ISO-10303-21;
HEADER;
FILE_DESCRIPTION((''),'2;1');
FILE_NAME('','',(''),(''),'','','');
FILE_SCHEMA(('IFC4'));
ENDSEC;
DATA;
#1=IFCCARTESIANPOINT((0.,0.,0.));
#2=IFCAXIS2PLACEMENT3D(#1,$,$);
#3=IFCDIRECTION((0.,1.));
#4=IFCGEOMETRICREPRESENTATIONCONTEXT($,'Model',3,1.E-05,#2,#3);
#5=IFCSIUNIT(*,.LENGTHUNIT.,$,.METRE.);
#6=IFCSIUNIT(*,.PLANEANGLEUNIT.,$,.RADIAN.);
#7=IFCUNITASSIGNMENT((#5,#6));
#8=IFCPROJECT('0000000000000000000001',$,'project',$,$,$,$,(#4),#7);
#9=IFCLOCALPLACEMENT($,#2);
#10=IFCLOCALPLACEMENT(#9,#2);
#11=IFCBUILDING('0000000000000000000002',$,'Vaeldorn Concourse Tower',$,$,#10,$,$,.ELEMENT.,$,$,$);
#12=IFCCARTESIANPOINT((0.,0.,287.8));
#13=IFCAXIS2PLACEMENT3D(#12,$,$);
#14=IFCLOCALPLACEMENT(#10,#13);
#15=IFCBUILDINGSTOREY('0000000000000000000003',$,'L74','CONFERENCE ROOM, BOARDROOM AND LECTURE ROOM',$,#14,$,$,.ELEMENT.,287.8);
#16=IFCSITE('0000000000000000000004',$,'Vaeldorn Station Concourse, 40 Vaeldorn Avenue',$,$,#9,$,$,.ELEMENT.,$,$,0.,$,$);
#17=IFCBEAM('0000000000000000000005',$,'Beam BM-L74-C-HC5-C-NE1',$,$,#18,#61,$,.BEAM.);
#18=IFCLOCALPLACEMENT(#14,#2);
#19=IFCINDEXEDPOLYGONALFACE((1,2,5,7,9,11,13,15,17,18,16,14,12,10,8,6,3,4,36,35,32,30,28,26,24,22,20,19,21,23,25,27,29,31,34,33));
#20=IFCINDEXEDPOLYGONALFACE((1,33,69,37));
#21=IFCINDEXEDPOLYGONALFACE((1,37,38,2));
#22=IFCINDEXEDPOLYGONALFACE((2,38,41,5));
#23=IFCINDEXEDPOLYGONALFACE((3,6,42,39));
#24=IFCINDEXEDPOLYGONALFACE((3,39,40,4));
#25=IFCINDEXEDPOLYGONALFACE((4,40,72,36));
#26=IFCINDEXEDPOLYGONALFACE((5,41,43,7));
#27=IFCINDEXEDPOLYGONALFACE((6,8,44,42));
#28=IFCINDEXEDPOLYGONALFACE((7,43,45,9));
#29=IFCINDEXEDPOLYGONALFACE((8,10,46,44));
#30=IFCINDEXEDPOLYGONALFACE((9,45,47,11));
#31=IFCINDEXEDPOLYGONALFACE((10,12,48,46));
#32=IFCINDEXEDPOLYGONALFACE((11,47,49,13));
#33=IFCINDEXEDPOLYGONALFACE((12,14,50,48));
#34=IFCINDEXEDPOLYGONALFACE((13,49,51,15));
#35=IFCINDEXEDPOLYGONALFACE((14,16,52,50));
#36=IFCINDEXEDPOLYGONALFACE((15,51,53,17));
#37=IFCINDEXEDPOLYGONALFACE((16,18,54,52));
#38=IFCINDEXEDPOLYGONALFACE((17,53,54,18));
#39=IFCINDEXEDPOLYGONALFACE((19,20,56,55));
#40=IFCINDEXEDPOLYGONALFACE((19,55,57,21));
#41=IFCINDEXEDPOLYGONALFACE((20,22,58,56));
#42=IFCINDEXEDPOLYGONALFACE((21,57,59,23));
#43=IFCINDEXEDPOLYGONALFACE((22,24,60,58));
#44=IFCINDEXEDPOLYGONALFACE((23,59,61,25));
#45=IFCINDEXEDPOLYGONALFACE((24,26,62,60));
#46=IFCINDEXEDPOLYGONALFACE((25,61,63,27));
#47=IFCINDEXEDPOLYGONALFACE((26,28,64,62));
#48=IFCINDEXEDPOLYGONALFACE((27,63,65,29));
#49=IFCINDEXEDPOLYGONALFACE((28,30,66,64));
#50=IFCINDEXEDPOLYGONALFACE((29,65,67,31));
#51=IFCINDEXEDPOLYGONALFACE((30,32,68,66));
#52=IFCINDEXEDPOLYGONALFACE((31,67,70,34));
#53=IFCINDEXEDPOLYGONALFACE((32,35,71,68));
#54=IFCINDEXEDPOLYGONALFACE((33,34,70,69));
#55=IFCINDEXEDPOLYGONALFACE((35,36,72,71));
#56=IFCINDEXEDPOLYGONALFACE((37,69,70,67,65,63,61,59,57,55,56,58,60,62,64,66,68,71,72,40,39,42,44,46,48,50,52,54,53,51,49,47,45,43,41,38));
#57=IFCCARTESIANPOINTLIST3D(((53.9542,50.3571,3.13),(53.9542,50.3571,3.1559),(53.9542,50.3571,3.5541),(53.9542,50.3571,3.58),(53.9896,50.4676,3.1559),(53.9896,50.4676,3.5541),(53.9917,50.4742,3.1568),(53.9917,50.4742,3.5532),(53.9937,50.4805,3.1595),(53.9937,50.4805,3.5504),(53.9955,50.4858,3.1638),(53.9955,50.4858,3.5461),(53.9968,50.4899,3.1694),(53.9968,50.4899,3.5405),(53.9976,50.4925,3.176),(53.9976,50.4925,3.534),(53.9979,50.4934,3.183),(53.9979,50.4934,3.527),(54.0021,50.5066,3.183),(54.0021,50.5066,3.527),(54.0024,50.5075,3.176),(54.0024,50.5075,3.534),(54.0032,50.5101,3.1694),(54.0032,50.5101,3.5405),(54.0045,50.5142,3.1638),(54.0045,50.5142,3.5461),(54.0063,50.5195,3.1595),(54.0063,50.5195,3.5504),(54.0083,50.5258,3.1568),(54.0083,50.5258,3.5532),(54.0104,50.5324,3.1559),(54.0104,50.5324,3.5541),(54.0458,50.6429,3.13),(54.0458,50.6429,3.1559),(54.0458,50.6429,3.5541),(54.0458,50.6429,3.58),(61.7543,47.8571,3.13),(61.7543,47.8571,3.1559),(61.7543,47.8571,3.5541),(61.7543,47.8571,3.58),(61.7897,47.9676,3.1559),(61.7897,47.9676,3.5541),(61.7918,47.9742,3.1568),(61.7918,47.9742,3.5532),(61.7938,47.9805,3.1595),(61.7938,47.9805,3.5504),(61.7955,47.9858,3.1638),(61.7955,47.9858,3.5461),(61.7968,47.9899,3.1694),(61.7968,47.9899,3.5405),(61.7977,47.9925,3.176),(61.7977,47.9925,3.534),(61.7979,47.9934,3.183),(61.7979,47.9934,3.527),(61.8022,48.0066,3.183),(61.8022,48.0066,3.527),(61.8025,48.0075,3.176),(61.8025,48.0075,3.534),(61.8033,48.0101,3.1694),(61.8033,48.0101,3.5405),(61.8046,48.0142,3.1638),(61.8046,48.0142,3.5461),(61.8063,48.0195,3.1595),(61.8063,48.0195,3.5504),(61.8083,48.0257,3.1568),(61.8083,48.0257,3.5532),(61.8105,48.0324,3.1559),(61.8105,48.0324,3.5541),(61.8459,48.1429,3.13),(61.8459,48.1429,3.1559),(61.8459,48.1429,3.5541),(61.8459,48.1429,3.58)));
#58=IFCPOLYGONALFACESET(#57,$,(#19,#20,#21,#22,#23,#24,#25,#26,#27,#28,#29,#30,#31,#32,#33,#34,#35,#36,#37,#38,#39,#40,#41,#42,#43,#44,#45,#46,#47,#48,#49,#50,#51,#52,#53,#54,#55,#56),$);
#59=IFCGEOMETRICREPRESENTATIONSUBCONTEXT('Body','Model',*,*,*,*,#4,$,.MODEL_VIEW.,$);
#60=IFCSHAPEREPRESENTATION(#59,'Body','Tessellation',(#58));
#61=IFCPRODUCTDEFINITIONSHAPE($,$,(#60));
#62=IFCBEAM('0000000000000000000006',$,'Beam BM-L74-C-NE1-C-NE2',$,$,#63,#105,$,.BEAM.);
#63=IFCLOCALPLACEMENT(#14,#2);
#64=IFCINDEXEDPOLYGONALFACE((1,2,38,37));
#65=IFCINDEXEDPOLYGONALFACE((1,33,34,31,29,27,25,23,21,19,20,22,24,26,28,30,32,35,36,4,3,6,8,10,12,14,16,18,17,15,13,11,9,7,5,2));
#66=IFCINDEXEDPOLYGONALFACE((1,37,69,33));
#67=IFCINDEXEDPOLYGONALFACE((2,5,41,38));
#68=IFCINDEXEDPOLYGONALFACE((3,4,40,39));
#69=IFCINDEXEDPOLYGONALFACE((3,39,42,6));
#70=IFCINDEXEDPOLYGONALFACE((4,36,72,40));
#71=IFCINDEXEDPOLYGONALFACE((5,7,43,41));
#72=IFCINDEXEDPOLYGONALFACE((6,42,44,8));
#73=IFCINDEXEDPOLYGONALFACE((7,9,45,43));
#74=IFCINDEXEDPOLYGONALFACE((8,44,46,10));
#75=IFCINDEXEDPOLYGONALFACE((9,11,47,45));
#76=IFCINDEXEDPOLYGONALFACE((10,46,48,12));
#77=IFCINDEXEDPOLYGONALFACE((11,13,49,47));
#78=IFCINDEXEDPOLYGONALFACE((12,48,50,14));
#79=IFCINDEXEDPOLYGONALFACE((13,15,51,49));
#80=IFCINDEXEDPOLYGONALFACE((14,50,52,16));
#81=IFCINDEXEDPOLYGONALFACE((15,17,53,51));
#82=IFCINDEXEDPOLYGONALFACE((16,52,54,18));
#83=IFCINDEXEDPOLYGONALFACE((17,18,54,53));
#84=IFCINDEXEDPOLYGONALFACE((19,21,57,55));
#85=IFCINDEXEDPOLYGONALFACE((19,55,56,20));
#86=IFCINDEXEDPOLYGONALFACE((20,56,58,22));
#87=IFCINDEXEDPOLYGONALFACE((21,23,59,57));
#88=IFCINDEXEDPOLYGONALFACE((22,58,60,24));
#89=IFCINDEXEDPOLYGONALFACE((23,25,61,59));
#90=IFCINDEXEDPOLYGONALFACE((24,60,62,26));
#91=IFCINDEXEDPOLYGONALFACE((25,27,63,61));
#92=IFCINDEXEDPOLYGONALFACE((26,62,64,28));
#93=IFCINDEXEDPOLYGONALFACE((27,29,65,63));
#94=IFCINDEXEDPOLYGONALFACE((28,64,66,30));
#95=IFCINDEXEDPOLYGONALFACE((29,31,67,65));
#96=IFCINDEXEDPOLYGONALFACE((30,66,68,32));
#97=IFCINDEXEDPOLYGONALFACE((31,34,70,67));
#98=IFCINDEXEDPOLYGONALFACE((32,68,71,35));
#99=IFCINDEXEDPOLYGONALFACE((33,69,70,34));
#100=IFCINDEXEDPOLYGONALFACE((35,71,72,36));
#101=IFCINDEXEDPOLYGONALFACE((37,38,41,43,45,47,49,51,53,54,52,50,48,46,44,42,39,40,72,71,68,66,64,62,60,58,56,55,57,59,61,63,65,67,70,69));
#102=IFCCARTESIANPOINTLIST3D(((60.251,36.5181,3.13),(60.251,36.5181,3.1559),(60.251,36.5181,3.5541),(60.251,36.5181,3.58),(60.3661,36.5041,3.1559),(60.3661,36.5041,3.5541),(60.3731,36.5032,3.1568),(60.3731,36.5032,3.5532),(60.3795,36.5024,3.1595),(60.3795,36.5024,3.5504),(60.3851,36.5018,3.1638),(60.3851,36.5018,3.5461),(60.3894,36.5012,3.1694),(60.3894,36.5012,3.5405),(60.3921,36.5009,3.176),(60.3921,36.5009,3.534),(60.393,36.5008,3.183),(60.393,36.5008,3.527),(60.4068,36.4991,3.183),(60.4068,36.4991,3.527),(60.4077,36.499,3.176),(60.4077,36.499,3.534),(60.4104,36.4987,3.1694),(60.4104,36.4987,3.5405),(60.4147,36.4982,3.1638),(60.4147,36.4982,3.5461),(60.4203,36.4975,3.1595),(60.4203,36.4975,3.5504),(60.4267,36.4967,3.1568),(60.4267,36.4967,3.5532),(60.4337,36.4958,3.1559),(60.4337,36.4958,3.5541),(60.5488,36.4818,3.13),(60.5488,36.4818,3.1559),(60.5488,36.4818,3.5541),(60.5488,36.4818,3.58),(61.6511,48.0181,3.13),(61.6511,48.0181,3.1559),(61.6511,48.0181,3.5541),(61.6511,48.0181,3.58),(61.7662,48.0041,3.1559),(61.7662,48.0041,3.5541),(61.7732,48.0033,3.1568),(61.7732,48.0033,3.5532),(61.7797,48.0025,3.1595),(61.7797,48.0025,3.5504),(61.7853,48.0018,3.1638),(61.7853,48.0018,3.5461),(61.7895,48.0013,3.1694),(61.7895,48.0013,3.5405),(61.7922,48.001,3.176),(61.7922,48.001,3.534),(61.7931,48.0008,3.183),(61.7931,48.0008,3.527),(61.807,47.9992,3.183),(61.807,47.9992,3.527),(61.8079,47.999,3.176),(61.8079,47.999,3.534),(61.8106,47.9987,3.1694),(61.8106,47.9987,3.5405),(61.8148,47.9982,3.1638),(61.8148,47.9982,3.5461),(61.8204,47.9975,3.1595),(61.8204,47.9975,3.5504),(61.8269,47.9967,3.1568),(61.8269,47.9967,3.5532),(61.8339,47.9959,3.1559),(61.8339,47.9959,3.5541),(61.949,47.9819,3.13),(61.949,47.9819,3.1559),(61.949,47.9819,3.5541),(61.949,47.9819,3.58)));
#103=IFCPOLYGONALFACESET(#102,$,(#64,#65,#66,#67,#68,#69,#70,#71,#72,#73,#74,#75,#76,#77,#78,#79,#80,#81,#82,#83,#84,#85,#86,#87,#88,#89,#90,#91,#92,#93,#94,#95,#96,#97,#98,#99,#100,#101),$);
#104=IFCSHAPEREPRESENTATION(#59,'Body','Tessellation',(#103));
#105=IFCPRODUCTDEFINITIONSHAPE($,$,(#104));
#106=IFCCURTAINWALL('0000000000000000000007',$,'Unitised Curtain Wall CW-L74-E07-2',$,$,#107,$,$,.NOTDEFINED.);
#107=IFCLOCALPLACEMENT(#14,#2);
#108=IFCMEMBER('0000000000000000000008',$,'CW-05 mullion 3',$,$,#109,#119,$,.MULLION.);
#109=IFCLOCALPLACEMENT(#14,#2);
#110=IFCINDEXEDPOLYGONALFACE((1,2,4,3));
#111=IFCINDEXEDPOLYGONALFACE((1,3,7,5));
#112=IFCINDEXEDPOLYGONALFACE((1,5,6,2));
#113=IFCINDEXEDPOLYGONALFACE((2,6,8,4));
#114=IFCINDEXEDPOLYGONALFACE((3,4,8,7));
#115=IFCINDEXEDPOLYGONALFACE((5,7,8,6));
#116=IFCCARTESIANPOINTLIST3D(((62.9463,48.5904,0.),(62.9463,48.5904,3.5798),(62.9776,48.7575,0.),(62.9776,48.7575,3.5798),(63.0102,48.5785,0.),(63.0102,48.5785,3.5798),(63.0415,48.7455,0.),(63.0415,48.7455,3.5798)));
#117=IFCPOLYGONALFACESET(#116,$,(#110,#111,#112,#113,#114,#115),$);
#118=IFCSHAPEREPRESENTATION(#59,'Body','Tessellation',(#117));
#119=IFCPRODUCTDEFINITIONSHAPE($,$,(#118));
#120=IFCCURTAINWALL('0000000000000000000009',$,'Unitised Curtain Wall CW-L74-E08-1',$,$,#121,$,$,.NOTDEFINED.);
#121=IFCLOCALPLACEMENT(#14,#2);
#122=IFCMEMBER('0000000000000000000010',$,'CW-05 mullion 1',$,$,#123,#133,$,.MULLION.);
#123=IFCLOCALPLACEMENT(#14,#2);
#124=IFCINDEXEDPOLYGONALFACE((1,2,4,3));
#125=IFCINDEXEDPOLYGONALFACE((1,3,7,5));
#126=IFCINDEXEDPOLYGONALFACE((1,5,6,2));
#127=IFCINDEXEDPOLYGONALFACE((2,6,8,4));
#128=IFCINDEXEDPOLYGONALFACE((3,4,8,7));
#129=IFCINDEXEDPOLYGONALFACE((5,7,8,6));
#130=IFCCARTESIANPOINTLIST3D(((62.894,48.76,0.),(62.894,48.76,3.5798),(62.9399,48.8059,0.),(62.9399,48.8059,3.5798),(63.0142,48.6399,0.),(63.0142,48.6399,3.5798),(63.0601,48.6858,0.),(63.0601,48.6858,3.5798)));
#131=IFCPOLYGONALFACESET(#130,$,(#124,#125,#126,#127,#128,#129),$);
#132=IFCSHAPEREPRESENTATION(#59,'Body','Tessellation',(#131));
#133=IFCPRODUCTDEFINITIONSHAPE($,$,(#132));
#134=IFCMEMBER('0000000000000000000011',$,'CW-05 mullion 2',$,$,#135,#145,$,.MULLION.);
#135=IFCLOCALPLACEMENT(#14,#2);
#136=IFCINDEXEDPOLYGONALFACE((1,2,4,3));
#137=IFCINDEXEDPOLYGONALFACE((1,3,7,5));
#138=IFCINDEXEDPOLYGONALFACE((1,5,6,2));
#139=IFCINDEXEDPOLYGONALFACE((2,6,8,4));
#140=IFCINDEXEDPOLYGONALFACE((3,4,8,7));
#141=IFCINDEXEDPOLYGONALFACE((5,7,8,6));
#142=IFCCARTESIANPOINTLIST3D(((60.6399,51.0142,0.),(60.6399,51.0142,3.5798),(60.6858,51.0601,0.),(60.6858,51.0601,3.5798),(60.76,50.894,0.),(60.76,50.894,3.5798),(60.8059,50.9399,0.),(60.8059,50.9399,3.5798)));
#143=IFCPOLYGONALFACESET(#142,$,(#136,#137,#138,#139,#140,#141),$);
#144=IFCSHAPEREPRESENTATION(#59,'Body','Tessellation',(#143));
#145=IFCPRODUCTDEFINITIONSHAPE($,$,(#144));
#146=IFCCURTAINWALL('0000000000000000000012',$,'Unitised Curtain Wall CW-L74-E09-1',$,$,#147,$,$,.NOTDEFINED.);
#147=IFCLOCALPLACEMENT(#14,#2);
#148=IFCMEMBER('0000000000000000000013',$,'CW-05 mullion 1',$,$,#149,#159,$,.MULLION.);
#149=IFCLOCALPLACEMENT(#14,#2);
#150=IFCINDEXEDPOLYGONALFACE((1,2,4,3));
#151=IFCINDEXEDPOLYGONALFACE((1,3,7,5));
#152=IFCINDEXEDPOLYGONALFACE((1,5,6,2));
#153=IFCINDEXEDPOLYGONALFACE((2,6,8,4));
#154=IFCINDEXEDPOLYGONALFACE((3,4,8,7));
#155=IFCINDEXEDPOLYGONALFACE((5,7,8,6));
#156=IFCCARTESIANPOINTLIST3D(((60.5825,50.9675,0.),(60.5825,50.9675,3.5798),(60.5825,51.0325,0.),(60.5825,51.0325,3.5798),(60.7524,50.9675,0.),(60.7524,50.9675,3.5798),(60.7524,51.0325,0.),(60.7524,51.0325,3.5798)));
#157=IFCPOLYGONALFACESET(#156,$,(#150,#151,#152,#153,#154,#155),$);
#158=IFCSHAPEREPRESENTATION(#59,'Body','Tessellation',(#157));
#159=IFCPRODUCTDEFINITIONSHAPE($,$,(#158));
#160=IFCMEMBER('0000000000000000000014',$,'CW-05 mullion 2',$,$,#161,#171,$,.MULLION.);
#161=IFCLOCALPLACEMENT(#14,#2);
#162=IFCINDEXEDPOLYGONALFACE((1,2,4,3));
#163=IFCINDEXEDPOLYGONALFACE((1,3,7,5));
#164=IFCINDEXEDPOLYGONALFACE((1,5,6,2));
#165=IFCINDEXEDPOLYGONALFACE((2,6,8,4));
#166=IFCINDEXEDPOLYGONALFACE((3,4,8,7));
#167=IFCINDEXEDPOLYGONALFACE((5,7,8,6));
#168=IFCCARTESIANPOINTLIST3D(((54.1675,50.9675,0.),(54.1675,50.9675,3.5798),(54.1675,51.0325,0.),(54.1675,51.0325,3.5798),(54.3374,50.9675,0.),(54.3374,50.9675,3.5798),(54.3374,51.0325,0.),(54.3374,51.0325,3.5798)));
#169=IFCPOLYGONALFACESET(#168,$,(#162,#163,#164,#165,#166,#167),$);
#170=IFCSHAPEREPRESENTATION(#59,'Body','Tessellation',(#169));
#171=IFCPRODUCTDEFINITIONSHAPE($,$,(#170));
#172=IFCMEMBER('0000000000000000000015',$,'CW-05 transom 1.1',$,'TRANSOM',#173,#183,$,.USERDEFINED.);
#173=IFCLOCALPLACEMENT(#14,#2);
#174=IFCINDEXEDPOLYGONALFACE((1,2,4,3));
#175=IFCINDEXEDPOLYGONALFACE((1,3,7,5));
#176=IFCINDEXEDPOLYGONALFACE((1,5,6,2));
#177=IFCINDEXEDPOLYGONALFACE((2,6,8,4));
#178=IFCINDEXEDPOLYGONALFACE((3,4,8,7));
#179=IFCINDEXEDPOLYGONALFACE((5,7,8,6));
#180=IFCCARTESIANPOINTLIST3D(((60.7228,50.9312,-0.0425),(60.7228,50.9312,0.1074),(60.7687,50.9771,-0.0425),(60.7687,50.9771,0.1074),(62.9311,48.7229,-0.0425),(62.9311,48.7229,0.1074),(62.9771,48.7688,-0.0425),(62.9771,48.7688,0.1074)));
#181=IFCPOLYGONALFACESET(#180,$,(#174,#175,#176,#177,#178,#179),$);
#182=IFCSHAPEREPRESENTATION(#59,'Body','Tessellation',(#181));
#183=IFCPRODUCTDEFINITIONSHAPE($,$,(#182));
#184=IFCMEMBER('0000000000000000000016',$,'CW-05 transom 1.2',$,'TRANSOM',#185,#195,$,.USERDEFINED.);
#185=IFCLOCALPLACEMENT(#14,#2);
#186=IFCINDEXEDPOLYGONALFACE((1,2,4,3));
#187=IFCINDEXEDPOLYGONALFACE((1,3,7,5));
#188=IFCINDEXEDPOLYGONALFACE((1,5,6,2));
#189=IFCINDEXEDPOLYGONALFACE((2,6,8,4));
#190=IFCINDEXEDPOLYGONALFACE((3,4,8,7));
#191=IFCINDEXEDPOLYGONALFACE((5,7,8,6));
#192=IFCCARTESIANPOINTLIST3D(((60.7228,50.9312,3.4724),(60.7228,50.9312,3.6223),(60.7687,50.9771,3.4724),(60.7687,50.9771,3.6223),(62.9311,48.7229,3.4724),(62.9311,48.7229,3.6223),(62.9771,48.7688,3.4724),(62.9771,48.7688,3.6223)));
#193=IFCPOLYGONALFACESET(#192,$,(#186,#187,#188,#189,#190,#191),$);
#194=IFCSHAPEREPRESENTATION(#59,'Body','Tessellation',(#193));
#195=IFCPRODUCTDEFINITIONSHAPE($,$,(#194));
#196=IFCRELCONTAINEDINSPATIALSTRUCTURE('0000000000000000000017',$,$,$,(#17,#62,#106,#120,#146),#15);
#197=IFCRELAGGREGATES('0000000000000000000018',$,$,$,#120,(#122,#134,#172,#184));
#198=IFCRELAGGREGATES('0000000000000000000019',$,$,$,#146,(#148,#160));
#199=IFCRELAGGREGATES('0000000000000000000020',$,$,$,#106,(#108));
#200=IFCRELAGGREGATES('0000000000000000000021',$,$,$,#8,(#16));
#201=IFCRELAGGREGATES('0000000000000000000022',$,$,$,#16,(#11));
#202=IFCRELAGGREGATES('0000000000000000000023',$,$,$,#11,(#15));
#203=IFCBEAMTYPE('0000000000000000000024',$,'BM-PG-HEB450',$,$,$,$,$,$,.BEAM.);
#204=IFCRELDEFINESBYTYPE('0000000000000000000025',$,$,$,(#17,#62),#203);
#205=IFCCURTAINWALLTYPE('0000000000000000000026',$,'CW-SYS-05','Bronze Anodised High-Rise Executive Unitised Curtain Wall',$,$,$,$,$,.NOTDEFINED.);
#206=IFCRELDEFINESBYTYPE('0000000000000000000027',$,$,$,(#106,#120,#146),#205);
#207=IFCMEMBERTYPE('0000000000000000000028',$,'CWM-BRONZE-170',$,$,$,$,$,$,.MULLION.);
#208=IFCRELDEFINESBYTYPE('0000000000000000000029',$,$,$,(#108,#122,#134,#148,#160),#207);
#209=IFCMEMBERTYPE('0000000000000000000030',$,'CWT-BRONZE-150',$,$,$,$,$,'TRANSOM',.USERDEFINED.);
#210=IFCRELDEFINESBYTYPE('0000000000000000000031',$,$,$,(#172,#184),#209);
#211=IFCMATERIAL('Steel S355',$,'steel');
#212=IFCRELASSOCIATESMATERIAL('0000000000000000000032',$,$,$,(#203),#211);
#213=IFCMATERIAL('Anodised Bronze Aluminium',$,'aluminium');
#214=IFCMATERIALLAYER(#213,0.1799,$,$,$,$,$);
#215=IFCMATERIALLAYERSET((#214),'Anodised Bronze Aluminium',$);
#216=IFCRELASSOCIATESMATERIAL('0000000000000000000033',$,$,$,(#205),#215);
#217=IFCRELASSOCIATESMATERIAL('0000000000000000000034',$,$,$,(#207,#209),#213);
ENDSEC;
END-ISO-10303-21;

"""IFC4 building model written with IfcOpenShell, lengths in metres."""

from ifc_helpers import new_model, si_unit, direction, frame, origin, origin_2d, place, context, subcontext, project, spatial, rectangle, i_section, extrude, source, transform, mapped, material, layer, layer_set, material_profile, profile_set, type_object, element, aggregate, save


model = new_model("IFC4")

# Units and contexts
model_context = context("Model", 3, precision=1e-05, world=origin(), true_north=direction((0.0, 1.0)))
body_context = subcontext(model_context, "Body", "Model", "MODEL_VIEW")
ifc_project = project(units=[si_unit("LENGTHUNIT", "METRE"), si_unit("PLANEANGLEUNIT", "RADIAN")], contexts=[model_context])

# Site, building, storey
site_placement = place(None, origin())
site = spatial("IfcSite", under=ifc_project, at=site_placement, Name="Vaeldorn Station Concourse, 40 Vaeldorn Avenue", CompositionType="ELEMENT", RefElevation=0.0)
building_placement = place(site_placement, origin())
building = spatial("IfcBuilding", under=site, at=building_placement, Name="Vaeldorn Concourse Tower", CompositionType="ELEMENT")
storey_placement = place(building_placement, frame((0.0, 0.0, 287.8)))
storey = spatial("IfcBuildingStorey", under=building, at=storey_placement, Name="L74", Description="CONFERENCE ROOM, BOARDROOM AND LECTURE ROOM", CompositionType="ELEMENT", Elevation=287.8)

# Shared definitions
ifc_material_1 = material(Name="Steel S355", Category="steel")

# Beams
ifc_material_profile_1 = material_profile(ifc_material_1, i_section(OverallWidth=0.3, OverallDepth=0.45, WebThickness=0.0139, FlangeThickness=0.0259, FilletRadius=0.0271, at=origin_2d()), Name="HEB 450")
ifc_profile_set_1 = profile_set([ifc_material_profile_1], Name="Steel S355")
beam_type_1 = type_object("IfcBeamType", Name="BM-PG-HEB450", PredefinedType="BEAM", material=ifc_profile_set_1)
shared_shape_1 = source(origin(), body_context, "Body", "SweptSolid", [
    extrude(i_section(OverallWidth=0.3, OverallDepth=0.45, WebThickness=0.0139, FlangeThickness=0.0259, FilletRadius=0.0271, at=origin_2d()), origin(), (0.0, 0.0, 1.0), 8.1909),
])
beam_1_placement = place(storey_placement, frame((54.0, 50.5, 3.355), z_axis=(0.952283, -0.305217, 0.0), x_axis=(0.305217, 0.952283, 0.0)))
element("IfcBeam", 1, at=beam_1_placement, inside=storey, type_object=beam_type_1, Name="Beam BM-L74-C-HC5-C-NE1", PredefinedType="BEAM", context=body_context, shape_type="MappedRepresentation", body=[
    mapped(shared_shape_1, transform((0.0, 0.0, 0.0), scale=1.0)),
])
shared_shape_2 = source(origin(), body_context, "Body", "SweptSolid", [
    extrude(i_section(OverallWidth=0.3, OverallDepth=0.45, WebThickness=0.0139, FlangeThickness=0.0259, FilletRadius=0.0271, at=origin_2d()), origin(), (0.0, 0.0, 1.0), 11.585),
])
beam_2_placement = place(storey_placement, frame((61.8, 48.0, 3.355), z_axis=(-0.120859, -0.99267, 0.0), x_axis=(0.99267, -0.120859, 0.0)))
element("IfcBeam", 2, at=beam_2_placement, inside=storey, type_object=beam_type_1, Name="Beam BM-L74-C-NE1-C-NE2", PredefinedType="BEAM", context=body_context, shape_type="MappedRepresentation", body=[
    mapped(shared_shape_2, transform((0.0, 0.0, 0.0), scale=1.0)),
])

# Curtain wall, member
ifc_material_2 = material(Name="Anodised Bronze Aluminium", Category="aluminium")
ifc_layer_1 = layer(ifc_material_2, 0.1799)
ifc_layer_set_1 = layer_set([ifc_layer_1], Name="Anodised Bronze Aluminium")
curtain_wall_type = type_object("IfcCurtainWallType", Name="CW-SYS-05", Description="Bronze Anodised High-Rise Executive Unitised Curtain Wall", PredefinedType="NOTDEFINED", material=ifc_layer_set_1)
curtain_wall_1_placement = place(storey_placement, origin())
curtain_wall_1 = element("IfcCurtainWall", 3, at=curtain_wall_1_placement, inside=storey, type_object=curtain_wall_type, Name="Unitised Curtain Wall CW-L74-E07-2", PredefinedType="NOTDEFINED")
ifc_material_profile_2 = material_profile(ifc_material_2, rectangle(XDim=0.0649, YDim=0.1699, at=origin_2d()), Name="CWM 65x170")
ifc_profile_set_2 = profile_set([ifc_material_profile_2], Name="Anodised Bronze Aluminium")
member_type_1 = type_object("IfcMemberType", Name="CWM-BRONZE-170", PredefinedType="MULLION", material=ifc_profile_set_2)
shared_shape_3 = source(origin(), body_context, "Body", "SweptSolid", [
    extrude(rectangle(XDim=0.0649, YDim=0.1699, at=origin_2d()), origin(), (0.0, 0.0, 1.0), 3.5798),
])
member_1_placement = place(storey_placement, frame((62.9939, 48.668, 0.0), z_axis=(0.0, 0.0, 1.0), x_axis=(-0.98288, 0.184246, 0.0)))
member_1 = element("IfcMember", 4, at=member_1_placement, type_object=member_type_1, Name="CW-05 mullion 3", PredefinedType="MULLION", context=body_context, shape_type="MappedRepresentation", body=[
    mapped(shared_shape_3, transform((0.0, 0.0, 0.0), scale=1.0)),
])

# Curtain walls, members
curtain_wall_2_placement = place(storey_placement, origin())
curtain_wall_2 = element("IfcCurtainWall", 5, at=curtain_wall_2_placement, inside=storey, type_object=curtain_wall_type, Name="Unitised Curtain Wall CW-L74-E08-1", PredefinedType="NOTDEFINED")
member_2_placement = place(storey_placement, frame((62.9771, 48.7229, 0.0), z_axis=(0.0, 0.0, 1.0), x_axis=(-0.707107, -0.707107, 0.0)))
member_2 = element("IfcMember", 6, at=member_2_placement, type_object=member_type_1, Name="CW-05 mullion 1", PredefinedType="MULLION", context=body_context, shape_type="MappedRepresentation", body=[
    mapped(shared_shape_3, transform((0.0, 0.0, 0.0), scale=1.0)),
])
member_3_placement = place(storey_placement, frame((60.7229, 50.9771, 0.0), z_axis=(0.0, 0.0, 1.0), x_axis=(-0.707107, -0.707107, 0.0)))
member_3 = element("IfcMember", 7, at=member_3_placement, type_object=member_type_1, Name="CW-05 mullion 2", PredefinedType="MULLION", context=body_context, shape_type="MappedRepresentation", body=[
    mapped(shared_shape_3, transform((0.0, 0.0, 0.0), scale=1.0)),
])
curtain_wall_3_placement = place(storey_placement, origin())
curtain_wall_3 = element("IfcCurtainWall", 8, at=curtain_wall_3_placement, inside=storey, type_object=curtain_wall_type, Name="Unitised Curtain Wall CW-L74-E09-1", PredefinedType="NOTDEFINED")
member_4_placement = place(storey_placement, frame((60.6675, 51.0, 0.0), z_axis=(0.0, 0.0, 1.0), x_axis=(0.0, -1.0, 0.0)))
member_4 = element("IfcMember", 9, at=member_4_placement, type_object=member_type_1, Name="CW-05 mullion 1", PredefinedType="MULLION", context=body_context, shape_type="MappedRepresentation", body=[
    mapped(shared_shape_3, transform((0.0, 0.0, 0.0), scale=1.0)),
])
member_5_placement = place(storey_placement, frame((54.2524, 51.0, 0.0), z_axis=(0.0, 0.0, 1.0), x_axis=(0.0, -1.0, 0.0)))
member_5 = element("IfcMember", 10, at=member_5_placement, type_object=member_type_1, Name="CW-05 mullion 2", PredefinedType="MULLION", context=body_context, shape_type="MappedRepresentation", body=[
    mapped(shared_shape_3, transform((0.0, 0.0, 0.0), scale=1.0)),
])

# Members
ifc_material_profile_3 = material_profile(ifc_material_2, rectangle(XDim=0.0649, YDim=0.1499, at=origin_2d()), Name="CWT 65x150")
ifc_profile_set_3 = profile_set([ifc_material_profile_3], Name="Anodised Bronze Aluminium")
member_type_2 = type_object("IfcMemberType", Name="CWT-BRONZE-150", ElementType="TRANSOM", PredefinedType="USERDEFINED", material=ifc_profile_set_3)
shared_shape_4 = source(origin(), body_context, "Body", "SweptSolid", [
    extrude(rectangle(XDim=0.0649, YDim=0.1499, at=origin_2d()), origin(), (0.0, 0.0, 1.0), 3.123),
])
member_6_placement = place(storey_placement, frame((62.9541, 48.7458, 0.0325), z_axis=(-0.707107, 0.707107, 0.0), x_axis=(-0.707107, -0.707107, 0.0)))
member_6 = element("IfcMember", 11, at=member_6_placement, type_object=member_type_2, Name="CW-05 transom 1.1", ObjectType="TRANSOM", PredefinedType="USERDEFINED", context=body_context, shape_type="MappedRepresentation", body=[
    mapped(shared_shape_4, transform((0.0, 0.0, 0.0), scale=1.0)),
])
member_7_placement = place(storey_placement, frame((62.9541, 48.7458, 3.5474), z_axis=(-0.707107, 0.707107, 0.0), x_axis=(-0.707107, -0.707107, 0.0)))
member_7 = element("IfcMember", 12, at=member_7_placement, type_object=member_type_2, Name="CW-05 transom 1.2", ObjectType="TRANSOM", PredefinedType="USERDEFINED", context=body_context, shape_type="MappedRepresentation", body=[
    mapped(shared_shape_4, transform((0.0, 0.0, 0.0), scale=1.0)),
])

aggregate(curtain_wall_2, [member_2, member_3, member_6, member_7])
aggregate(curtain_wall_3, [member_4, member_5])
aggregate(curtain_wall_1, [member_1])

save(model, "model.ifc")
